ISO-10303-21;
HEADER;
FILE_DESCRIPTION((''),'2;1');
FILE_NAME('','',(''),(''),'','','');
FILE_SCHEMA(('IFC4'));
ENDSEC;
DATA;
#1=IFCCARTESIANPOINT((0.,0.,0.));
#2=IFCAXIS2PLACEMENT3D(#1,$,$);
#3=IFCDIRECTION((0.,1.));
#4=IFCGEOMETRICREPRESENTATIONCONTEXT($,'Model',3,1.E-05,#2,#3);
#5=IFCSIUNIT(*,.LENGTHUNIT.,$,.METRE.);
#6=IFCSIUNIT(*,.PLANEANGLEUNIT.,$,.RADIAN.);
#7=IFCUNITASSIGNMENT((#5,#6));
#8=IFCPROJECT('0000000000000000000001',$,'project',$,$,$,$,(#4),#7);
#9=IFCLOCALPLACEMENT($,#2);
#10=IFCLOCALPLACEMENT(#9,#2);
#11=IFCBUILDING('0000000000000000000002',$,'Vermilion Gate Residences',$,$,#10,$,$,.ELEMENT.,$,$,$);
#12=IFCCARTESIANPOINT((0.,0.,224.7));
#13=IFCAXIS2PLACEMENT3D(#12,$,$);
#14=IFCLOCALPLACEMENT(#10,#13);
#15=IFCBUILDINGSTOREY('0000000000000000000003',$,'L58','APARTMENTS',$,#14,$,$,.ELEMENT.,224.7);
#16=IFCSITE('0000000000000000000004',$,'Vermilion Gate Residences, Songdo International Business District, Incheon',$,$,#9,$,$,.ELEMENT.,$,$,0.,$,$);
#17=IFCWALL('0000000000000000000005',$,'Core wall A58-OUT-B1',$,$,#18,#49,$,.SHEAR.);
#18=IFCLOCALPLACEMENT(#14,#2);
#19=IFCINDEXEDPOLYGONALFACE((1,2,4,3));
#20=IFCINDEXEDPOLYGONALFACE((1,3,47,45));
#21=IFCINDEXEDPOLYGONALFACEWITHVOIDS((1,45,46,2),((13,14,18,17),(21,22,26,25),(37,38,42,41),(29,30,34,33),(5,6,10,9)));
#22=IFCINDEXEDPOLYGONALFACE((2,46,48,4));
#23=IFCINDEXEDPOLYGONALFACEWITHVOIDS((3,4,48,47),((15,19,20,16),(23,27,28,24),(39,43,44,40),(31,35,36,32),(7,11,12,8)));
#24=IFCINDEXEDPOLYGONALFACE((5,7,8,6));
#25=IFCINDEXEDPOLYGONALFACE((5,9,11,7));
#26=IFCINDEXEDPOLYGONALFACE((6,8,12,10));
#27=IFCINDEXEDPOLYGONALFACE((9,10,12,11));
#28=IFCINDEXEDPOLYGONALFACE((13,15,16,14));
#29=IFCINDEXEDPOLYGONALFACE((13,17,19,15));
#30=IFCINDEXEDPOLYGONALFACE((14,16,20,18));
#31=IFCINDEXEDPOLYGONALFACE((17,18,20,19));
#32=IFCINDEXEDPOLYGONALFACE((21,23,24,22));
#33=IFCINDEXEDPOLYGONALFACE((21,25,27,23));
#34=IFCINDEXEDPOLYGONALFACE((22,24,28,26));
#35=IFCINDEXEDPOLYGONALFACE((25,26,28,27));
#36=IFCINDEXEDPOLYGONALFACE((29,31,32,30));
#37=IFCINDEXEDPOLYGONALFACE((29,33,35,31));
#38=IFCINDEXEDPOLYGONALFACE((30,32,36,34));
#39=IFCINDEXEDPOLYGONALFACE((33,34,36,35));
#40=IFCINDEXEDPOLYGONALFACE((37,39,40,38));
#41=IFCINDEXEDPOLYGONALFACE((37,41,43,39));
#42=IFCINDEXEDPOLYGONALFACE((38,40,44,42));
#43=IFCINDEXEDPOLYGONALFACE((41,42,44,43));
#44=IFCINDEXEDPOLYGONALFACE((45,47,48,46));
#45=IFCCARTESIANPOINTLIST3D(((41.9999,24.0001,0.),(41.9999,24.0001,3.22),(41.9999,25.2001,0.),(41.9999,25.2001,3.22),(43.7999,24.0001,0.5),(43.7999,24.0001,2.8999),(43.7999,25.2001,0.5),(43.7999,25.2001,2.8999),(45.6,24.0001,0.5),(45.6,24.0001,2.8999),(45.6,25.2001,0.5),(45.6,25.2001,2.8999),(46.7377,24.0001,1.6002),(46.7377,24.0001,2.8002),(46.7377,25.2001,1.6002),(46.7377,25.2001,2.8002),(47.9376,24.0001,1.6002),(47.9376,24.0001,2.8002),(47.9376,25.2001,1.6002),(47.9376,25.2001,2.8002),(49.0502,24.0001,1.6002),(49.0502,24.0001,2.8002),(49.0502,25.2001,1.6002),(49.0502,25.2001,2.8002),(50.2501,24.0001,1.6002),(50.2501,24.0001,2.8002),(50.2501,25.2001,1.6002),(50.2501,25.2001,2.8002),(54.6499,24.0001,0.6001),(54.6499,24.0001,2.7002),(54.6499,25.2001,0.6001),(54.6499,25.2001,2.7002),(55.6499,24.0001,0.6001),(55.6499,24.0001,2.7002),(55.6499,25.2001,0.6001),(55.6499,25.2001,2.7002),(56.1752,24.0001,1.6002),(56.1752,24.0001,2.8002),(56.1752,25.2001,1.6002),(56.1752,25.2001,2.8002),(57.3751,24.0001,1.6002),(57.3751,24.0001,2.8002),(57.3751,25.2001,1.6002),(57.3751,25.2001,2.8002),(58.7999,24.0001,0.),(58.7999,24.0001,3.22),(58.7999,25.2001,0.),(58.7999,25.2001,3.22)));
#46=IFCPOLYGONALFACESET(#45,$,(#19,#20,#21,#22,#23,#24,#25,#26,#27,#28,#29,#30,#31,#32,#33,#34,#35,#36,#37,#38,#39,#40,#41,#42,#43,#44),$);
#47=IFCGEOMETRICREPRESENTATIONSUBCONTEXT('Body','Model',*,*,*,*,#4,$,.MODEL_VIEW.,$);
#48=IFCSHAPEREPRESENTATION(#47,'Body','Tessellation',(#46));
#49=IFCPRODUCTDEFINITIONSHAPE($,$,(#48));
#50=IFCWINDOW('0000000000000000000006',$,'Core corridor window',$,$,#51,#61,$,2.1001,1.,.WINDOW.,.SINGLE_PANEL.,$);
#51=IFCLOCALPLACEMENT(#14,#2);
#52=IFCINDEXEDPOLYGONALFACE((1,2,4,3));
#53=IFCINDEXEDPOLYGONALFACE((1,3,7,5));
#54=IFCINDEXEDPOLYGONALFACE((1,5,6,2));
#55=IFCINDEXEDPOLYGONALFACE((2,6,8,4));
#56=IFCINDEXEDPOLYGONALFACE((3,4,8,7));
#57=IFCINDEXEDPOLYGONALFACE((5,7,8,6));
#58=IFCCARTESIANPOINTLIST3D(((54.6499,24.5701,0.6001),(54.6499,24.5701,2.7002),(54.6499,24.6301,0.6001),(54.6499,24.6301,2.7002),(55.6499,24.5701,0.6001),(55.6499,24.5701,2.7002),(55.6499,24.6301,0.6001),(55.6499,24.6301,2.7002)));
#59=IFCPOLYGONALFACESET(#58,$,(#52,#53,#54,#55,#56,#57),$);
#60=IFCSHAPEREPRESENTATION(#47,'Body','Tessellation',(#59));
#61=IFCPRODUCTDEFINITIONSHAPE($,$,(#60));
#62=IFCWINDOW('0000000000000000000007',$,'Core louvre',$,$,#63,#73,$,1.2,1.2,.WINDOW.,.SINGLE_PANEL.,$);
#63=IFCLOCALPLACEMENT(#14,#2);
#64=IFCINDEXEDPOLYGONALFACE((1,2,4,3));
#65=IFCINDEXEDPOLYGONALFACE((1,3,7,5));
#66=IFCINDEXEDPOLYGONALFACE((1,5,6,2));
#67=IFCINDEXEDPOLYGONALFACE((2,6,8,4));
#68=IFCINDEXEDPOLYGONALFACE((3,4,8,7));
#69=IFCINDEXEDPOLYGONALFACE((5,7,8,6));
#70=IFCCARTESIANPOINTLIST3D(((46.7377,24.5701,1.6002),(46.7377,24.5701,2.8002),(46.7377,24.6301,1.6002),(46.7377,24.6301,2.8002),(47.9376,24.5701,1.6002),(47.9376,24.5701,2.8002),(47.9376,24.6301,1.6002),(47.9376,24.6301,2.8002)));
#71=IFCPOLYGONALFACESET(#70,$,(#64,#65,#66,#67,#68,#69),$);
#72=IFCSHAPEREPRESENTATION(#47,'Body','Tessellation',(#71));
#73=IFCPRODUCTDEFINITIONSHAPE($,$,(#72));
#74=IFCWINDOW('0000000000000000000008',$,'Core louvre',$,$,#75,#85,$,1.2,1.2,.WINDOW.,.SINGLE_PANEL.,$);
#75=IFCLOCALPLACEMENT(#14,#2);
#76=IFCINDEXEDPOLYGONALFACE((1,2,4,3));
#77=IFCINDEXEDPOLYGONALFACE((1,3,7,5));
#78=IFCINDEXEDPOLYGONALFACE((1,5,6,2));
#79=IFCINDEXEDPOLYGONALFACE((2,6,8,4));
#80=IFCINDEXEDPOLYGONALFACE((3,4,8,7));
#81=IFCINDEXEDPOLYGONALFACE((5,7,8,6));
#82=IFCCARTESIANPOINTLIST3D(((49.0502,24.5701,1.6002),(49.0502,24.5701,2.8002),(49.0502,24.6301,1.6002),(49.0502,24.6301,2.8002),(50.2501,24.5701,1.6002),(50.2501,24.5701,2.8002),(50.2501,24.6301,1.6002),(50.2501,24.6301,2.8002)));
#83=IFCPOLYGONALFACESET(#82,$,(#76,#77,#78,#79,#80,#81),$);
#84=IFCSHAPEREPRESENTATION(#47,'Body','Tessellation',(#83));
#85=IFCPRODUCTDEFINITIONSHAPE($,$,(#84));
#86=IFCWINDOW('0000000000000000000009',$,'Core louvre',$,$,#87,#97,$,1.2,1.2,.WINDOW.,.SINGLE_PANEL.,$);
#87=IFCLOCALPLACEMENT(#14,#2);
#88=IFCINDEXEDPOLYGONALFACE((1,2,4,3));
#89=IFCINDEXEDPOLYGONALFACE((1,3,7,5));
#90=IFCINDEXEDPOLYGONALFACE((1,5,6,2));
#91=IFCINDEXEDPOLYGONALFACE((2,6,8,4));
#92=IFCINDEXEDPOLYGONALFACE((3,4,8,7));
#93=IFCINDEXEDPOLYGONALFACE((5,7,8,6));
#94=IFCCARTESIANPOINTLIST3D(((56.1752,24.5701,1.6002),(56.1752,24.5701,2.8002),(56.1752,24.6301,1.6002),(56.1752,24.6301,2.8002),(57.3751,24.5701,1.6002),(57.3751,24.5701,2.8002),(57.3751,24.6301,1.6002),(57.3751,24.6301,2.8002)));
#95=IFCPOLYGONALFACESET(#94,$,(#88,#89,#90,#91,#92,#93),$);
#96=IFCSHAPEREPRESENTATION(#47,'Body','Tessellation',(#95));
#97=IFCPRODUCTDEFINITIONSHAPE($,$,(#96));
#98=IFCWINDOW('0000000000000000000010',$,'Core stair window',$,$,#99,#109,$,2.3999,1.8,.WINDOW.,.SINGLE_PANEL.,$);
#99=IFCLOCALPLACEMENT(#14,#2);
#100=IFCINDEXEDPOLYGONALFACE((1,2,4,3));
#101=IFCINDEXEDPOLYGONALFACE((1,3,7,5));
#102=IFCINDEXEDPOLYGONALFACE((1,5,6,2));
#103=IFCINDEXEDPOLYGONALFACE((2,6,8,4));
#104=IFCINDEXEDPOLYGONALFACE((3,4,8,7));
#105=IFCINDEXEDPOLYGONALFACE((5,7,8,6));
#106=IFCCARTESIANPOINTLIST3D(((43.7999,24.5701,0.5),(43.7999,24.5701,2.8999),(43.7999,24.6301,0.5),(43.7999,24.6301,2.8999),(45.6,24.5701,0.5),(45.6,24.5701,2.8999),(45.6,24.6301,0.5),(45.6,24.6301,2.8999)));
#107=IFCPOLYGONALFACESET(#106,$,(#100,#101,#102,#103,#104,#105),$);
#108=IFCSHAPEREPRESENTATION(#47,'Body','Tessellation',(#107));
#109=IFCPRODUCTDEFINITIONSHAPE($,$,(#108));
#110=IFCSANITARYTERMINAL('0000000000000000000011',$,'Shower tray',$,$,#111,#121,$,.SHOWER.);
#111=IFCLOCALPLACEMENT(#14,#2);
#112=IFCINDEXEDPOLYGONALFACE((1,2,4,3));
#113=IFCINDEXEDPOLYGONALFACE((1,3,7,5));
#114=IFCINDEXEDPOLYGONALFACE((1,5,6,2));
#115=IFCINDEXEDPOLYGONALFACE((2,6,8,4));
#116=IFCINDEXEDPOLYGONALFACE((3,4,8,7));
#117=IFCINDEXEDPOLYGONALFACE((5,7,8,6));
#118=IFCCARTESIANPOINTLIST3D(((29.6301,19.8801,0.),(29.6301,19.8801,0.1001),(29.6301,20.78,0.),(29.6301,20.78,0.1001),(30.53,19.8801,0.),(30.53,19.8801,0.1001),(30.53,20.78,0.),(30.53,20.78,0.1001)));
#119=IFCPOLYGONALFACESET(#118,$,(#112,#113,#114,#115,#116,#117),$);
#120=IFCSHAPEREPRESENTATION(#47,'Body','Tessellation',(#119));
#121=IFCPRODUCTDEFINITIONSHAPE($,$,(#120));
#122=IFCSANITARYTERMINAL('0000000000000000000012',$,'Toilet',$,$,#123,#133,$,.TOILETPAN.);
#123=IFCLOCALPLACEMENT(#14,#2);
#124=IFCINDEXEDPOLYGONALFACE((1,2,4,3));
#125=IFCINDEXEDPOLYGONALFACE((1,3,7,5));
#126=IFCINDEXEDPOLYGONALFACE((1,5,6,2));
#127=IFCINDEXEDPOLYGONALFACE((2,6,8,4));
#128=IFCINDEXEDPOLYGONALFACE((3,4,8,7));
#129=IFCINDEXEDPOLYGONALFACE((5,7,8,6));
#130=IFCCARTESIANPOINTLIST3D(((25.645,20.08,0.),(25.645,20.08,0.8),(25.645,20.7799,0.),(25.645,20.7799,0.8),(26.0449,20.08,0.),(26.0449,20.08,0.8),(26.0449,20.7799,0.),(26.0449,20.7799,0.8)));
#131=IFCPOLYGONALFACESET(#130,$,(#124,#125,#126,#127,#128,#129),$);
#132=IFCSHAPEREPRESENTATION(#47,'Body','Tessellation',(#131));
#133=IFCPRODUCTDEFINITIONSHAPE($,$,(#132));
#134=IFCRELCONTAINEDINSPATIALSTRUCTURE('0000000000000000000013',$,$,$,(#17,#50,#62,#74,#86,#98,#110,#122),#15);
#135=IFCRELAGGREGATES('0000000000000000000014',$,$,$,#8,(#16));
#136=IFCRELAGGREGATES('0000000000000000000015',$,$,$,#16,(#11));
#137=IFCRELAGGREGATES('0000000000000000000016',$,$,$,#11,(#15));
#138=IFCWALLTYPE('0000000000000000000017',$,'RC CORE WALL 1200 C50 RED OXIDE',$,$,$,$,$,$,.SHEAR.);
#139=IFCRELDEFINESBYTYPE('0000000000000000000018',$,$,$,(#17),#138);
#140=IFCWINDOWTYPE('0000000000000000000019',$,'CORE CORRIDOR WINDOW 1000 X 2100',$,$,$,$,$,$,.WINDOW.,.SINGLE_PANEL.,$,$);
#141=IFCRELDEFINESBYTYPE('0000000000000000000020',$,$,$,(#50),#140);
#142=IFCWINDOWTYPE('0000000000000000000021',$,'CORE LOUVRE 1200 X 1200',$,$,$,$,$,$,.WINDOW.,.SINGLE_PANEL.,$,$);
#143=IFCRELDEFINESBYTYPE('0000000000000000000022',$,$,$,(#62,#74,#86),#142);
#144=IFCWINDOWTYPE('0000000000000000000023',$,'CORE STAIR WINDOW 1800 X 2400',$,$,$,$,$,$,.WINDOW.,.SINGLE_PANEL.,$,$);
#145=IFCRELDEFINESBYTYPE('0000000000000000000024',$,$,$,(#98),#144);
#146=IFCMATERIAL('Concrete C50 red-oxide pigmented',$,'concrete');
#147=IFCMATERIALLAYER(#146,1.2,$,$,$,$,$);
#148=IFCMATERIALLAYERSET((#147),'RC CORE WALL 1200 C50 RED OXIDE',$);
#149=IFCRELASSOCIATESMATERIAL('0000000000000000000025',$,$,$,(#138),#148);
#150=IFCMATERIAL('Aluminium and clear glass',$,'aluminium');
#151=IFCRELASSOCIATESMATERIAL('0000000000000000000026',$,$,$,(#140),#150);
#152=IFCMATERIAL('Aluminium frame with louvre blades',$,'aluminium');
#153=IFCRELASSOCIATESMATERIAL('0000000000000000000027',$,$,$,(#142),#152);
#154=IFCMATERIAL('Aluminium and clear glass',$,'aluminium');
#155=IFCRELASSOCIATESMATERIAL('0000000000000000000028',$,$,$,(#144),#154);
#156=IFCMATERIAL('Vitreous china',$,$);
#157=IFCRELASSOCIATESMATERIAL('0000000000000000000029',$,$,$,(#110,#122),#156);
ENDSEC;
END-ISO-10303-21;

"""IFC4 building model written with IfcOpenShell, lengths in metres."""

from ifc_helpers import new_model, si_unit, direction, frame, frame_2d, origin, origin_2d, place, context, subcontext, project, spatial, rectangle, extrude, material, layer, layer_set, type_object, element, fill, save


model = new_model("IFC4")

# Units and contexts
model_context = context("Model", 3, precision=1e-05, world=origin(), true_north=direction((0.0, 1.0)))
body_context = subcontext(model_context, "Body", "Model", "MODEL_VIEW")
ifc_project = project(units=[si_unit("LENGTHUNIT", "METRE"), si_unit("PLANEANGLEUNIT", "RADIAN")], contexts=[model_context])

# Site, building, storey
site_placement = place(None, origin())
site = spatial("IfcSite", under=ifc_project, at=site_placement, Name="Vermilion Gate Residences, Songdo International Business District, Incheon", CompositionType="ELEMENT", RefElevation=0.0)
building_placement = place(site_placement, origin())
building = spatial("IfcBuilding", under=site, at=building_placement, Name="Vermilion Gate Residences", CompositionType="ELEMENT")
storey_placement = place(building_placement, frame((0.0, 0.0, 224.7)))
storey = spatial("IfcBuildingStorey", under=building, at=storey_placement, Name="L58", Description="APARTMENTS", CompositionType="ELEMENT", Elevation=224.7)

# Wall, openings, windows
ifc_material_1 = material(Name="Concrete C50 red-oxide pigmented", Category="concrete")
ifc_layer_1 = layer(ifc_material_1, 1.2)
ifc_layer_set_1 = layer_set([ifc_layer_1], Name="RC CORE WALL 1200 C50 RED OXIDE")
wall_type_1 = type_object("IfcWallType", Name="RC CORE WALL 1200 C50 RED OXIDE", PredefinedType="SHEAR", material=ifc_layer_set_1)
wall_1_placement = place(storey_placement, frame((42.0, 24.6001, 0.0), z_axis=(0.0, 0.0, 1.0), x_axis=(1.0, 0.0, 0.0)))
wall_1 = element("IfcWall", 1, at=wall_1_placement, inside=storey, type_object=wall_type_1, Name="Core wall A58-OUT-B1", PredefinedType="SHEAR", context=body_context, shape_type="SweptSolid", body=[
    extrude(rectangle(XDim=16.8, YDim=1.2, at=frame_2d((8.3999, 0.0))), origin(), (0.0, 0.0, 1.0), 3.22),
])
opening_1_placement = place(wall_1_placement, frame((1.8, 0.0, 0.5)))
opening_1 = element("IfcOpeningElement", 2, at=opening_1_placement, cuts=wall_1, PredefinedType="OPENING", context=body_context, shape_type="SweptSolid", body=[
    extrude(rectangle(XDim=1.8, YDim=2.3999, at=frame_2d((0.8999, 1.2))), frame((0.0, 0.6099, 0.0), z_axis=(0.0, -1.0, 0.0), x_axis=(1.0, 0.0, 0.0)), (0.0, 0.0, 1.0), 1.22),
])
opening_2_placement = place(wall_1_placement, frame((4.7375, 0.0, 1.6001)))
opening_2 = element("IfcOpeningElement", 3, at=opening_2_placement, cuts=wall_1, PredefinedType="OPENING", context=body_context, shape_type="SweptSolid", body=[
    extrude(rectangle(XDim=1.2, YDim=1.2, at=frame_2d((0.6001, 0.6001))), frame((0.0, 0.6099, 0.0), z_axis=(0.0, -1.0, 0.0), x_axis=(1.0, 0.0, 0.0)), (0.0, 0.0, 1.0), 1.22),
])
opening_3_placement = place(wall_1_placement, frame((7.05, 0.0, 1.6001)))
opening_3 = element("IfcOpeningElement", 4, at=opening_3_placement, cuts=wall_1, PredefinedType="OPENING", context=body_context, shape_type="SweptSolid", body=[
    extrude(rectangle(XDim=1.2, YDim=1.2, at=frame_2d((0.6001, 0.6001))), frame((0.0, 0.6099, 0.0), z_axis=(0.0, -1.0, 0.0), x_axis=(1.0, 0.0, 0.0)), (0.0, 0.0, 1.0), 1.22),
])
opening_4_placement = place(wall_1_placement, frame((12.6499, 0.0, 0.6001)))
opening_4 = element("IfcOpeningElement", 5, at=opening_4_placement, cuts=wall_1, PredefinedType="OPENING", context=body_context, shape_type="SweptSolid", body=[
    extrude(rectangle(XDim=1.0, YDim=2.1001, at=frame_2d((0.5, 1.05))), frame((0.0, 0.6099, 0.0), z_axis=(0.0, -1.0, 0.0), x_axis=(1.0, 0.0, 0.0)), (0.0, 0.0, 1.0), 1.22),
])
opening_5_placement = place(wall_1_placement, frame((14.175, 0.0, 1.6001)))
opening_5 = element("IfcOpeningElement", 6, at=opening_5_placement, cuts=wall_1, PredefinedType="OPENING", context=body_context, shape_type="SweptSolid", body=[
    extrude(rectangle(XDim=1.2, YDim=1.2, at=frame_2d((0.6001, 0.6001))), frame((0.0, 0.6099, 0.0), z_axis=(0.0, -1.0, 0.0), x_axis=(1.0, 0.0, 0.0)), (0.0, 0.0, 1.0), 1.22),
])
ifc_material_2 = material(Name="Aluminium and clear glass", Category="aluminium")
window_type_1 = type_object("IfcWindowType", Name="CORE CORRIDOR WINDOW 1000 X 2100", PartitioningType="SINGLE_PANEL", PredefinedType="WINDOW", material=ifc_material_2)
window_1_placement = place(opening_4_placement, origin())
window_1 = element("IfcWindow", 7, at=window_1_placement, inside=storey, type_object=window_type_1, Name="Core corridor window", OverallHeight=2.1001, OverallWidth=1.0, PartitioningType="SINGLE_PANEL", PredefinedType="WINDOW", context=body_context, shape_type="SweptSolid", body=[
    extrude(rectangle(XDim=1.0, YDim=2.1001, at=frame_2d((0.5, 1.05))), frame((0.0, 0.03, 0.0), z_axis=(0.0, -1.0, 0.0), x_axis=(1.0, 0.0, 0.0)), (0.0, 0.0, 1.0), 0.0601),
])
fill(opening_4, window_1)
ifc_material_3 = material(Name="Aluminium frame with louvre blades", Category="aluminium")
window_type_2 = type_object("IfcWindowType", Name="CORE LOUVRE 1200 X 1200", PartitioningType="SINGLE_PANEL", PredefinedType="WINDOW", material=ifc_material_3)
window_2_placement = place(opening_2_placement, origin())
window_2 = element("IfcWindow", 8, at=window_2_placement, inside=storey, type_object=window_type_2, Name="Core louvre", OverallHeight=1.2, OverallWidth=1.2, PartitioningType="SINGLE_PANEL", PredefinedType="WINDOW", context=body_context, shape_type="SweptSolid", body=[
    extrude(rectangle(XDim=1.2, YDim=1.2, at=frame_2d((0.6001, 0.6001))), frame((0.0, 0.03, 0.0), z_axis=(0.0, -1.0, 0.0), x_axis=(1.0, 0.0, 0.0)), (0.0, 0.0, 1.0), 0.0601),
])
fill(opening_2, window_2)
window_3_placement = place(opening_3_placement, origin())
window_3 = element("IfcWindow", 9, at=window_3_placement, inside=storey, type_object=window_type_2, Name="Core louvre", OverallHeight=1.2, OverallWidth=1.2, PartitioningType="SINGLE_PANEL", PredefinedType="WINDOW", context=body_context, shape_type="SweptSolid", body=[
    extrude(rectangle(XDim=1.2, YDim=1.2, at=frame_2d((0.6001, 0.6001))), frame((0.0, 0.03, 0.0), z_axis=(0.0, -1.0, 0.0), x_axis=(1.0, 0.0, 0.0)), (0.0, 0.0, 1.0), 0.0601),
])
fill(opening_3, window_3)
window_4_placement = place(opening_5_placement, origin())
window_4 = element("IfcWindow", 10, at=window_4_placement, inside=storey, type_object=window_type_2, Name="Core louvre", OverallHeight=1.2, OverallWidth=1.2, PartitioningType="SINGLE_PANEL", PredefinedType="WINDOW", context=body_context, shape_type="SweptSolid", body=[
    extrude(rectangle(XDim=1.2, YDim=1.2, at=frame_2d((0.6001, 0.6001))), frame((0.0, 0.03, 0.0), z_axis=(0.0, -1.0, 0.0), x_axis=(1.0, 0.0, 0.0)), (0.0, 0.0, 1.0), 0.0601),
])
fill(opening_5, window_4)
ifc_material_4 = material(Name="Aluminium and clear glass", Category="aluminium")
window_type_3 = type_object("IfcWindowType", Name="CORE STAIR WINDOW 1800 X 2400", PartitioningType="SINGLE_PANEL", PredefinedType="WINDOW", material=ifc_material_4)
window_5_placement = place(opening_1_placement, origin())
window_5 = element("IfcWindow", 11, at=window_5_placement, inside=storey, type_object=window_type_3, Name="Core stair window", OverallHeight=2.3999, OverallWidth=1.8, PartitioningType="SINGLE_PANEL", PredefinedType="WINDOW", context=body_context, shape_type="SweptSolid", body=[
    extrude(rectangle(XDim=1.8, YDim=2.3999, at=frame_2d((0.8999, 1.2))), frame((0.0, 0.03, 0.0), z_axis=(0.0, -1.0, 0.0), x_axis=(1.0, 0.0, 0.0)), (0.0, 0.0, 1.0), 0.0601),
])
fill(opening_1, window_5)

# Sanitary terminals
ifc_material_5 = material(Name="Vitreous china")
sanitary_terminal_1_placement = place(storey_placement, frame((30.0801, 20.3301, 0.0), z_axis=(0.0, 0.0, 1.0), x_axis=(1.0, 0.0, 0.0)))
element("IfcSanitaryTerminal", 12, at=sanitary_terminal_1_placement, inside=storey, material=ifc_material_5, Name="Shower tray", PredefinedType="SHOWER", context=body_context, shape_type="SweptSolid", body=[
    extrude(rectangle(XDim=0.8999, YDim=0.8999, at=origin_2d()), origin(), (0.0, 0.0, 1.0), 0.1001),
])
sanitary_terminal_2_placement = place(storey_placement, frame((25.845, 20.4299, 0.0), z_axis=(0.0, 0.0, 1.0), x_axis=(1.0, 0.0, 0.0)))
element("IfcSanitaryTerminal", 13, at=sanitary_terminal_2_placement, inside=storey, material=ifc_material_5, Name="Toilet", PredefinedType="TOILETPAN", context=body_context, shape_type="SweptSolid", body=[
    extrude(rectangle(XDim=0.3999, YDim=0.7, at=origin_2d()), origin(), (0.0, 0.0, 1.0), 0.8),
])

save(model, "model.ifc")
